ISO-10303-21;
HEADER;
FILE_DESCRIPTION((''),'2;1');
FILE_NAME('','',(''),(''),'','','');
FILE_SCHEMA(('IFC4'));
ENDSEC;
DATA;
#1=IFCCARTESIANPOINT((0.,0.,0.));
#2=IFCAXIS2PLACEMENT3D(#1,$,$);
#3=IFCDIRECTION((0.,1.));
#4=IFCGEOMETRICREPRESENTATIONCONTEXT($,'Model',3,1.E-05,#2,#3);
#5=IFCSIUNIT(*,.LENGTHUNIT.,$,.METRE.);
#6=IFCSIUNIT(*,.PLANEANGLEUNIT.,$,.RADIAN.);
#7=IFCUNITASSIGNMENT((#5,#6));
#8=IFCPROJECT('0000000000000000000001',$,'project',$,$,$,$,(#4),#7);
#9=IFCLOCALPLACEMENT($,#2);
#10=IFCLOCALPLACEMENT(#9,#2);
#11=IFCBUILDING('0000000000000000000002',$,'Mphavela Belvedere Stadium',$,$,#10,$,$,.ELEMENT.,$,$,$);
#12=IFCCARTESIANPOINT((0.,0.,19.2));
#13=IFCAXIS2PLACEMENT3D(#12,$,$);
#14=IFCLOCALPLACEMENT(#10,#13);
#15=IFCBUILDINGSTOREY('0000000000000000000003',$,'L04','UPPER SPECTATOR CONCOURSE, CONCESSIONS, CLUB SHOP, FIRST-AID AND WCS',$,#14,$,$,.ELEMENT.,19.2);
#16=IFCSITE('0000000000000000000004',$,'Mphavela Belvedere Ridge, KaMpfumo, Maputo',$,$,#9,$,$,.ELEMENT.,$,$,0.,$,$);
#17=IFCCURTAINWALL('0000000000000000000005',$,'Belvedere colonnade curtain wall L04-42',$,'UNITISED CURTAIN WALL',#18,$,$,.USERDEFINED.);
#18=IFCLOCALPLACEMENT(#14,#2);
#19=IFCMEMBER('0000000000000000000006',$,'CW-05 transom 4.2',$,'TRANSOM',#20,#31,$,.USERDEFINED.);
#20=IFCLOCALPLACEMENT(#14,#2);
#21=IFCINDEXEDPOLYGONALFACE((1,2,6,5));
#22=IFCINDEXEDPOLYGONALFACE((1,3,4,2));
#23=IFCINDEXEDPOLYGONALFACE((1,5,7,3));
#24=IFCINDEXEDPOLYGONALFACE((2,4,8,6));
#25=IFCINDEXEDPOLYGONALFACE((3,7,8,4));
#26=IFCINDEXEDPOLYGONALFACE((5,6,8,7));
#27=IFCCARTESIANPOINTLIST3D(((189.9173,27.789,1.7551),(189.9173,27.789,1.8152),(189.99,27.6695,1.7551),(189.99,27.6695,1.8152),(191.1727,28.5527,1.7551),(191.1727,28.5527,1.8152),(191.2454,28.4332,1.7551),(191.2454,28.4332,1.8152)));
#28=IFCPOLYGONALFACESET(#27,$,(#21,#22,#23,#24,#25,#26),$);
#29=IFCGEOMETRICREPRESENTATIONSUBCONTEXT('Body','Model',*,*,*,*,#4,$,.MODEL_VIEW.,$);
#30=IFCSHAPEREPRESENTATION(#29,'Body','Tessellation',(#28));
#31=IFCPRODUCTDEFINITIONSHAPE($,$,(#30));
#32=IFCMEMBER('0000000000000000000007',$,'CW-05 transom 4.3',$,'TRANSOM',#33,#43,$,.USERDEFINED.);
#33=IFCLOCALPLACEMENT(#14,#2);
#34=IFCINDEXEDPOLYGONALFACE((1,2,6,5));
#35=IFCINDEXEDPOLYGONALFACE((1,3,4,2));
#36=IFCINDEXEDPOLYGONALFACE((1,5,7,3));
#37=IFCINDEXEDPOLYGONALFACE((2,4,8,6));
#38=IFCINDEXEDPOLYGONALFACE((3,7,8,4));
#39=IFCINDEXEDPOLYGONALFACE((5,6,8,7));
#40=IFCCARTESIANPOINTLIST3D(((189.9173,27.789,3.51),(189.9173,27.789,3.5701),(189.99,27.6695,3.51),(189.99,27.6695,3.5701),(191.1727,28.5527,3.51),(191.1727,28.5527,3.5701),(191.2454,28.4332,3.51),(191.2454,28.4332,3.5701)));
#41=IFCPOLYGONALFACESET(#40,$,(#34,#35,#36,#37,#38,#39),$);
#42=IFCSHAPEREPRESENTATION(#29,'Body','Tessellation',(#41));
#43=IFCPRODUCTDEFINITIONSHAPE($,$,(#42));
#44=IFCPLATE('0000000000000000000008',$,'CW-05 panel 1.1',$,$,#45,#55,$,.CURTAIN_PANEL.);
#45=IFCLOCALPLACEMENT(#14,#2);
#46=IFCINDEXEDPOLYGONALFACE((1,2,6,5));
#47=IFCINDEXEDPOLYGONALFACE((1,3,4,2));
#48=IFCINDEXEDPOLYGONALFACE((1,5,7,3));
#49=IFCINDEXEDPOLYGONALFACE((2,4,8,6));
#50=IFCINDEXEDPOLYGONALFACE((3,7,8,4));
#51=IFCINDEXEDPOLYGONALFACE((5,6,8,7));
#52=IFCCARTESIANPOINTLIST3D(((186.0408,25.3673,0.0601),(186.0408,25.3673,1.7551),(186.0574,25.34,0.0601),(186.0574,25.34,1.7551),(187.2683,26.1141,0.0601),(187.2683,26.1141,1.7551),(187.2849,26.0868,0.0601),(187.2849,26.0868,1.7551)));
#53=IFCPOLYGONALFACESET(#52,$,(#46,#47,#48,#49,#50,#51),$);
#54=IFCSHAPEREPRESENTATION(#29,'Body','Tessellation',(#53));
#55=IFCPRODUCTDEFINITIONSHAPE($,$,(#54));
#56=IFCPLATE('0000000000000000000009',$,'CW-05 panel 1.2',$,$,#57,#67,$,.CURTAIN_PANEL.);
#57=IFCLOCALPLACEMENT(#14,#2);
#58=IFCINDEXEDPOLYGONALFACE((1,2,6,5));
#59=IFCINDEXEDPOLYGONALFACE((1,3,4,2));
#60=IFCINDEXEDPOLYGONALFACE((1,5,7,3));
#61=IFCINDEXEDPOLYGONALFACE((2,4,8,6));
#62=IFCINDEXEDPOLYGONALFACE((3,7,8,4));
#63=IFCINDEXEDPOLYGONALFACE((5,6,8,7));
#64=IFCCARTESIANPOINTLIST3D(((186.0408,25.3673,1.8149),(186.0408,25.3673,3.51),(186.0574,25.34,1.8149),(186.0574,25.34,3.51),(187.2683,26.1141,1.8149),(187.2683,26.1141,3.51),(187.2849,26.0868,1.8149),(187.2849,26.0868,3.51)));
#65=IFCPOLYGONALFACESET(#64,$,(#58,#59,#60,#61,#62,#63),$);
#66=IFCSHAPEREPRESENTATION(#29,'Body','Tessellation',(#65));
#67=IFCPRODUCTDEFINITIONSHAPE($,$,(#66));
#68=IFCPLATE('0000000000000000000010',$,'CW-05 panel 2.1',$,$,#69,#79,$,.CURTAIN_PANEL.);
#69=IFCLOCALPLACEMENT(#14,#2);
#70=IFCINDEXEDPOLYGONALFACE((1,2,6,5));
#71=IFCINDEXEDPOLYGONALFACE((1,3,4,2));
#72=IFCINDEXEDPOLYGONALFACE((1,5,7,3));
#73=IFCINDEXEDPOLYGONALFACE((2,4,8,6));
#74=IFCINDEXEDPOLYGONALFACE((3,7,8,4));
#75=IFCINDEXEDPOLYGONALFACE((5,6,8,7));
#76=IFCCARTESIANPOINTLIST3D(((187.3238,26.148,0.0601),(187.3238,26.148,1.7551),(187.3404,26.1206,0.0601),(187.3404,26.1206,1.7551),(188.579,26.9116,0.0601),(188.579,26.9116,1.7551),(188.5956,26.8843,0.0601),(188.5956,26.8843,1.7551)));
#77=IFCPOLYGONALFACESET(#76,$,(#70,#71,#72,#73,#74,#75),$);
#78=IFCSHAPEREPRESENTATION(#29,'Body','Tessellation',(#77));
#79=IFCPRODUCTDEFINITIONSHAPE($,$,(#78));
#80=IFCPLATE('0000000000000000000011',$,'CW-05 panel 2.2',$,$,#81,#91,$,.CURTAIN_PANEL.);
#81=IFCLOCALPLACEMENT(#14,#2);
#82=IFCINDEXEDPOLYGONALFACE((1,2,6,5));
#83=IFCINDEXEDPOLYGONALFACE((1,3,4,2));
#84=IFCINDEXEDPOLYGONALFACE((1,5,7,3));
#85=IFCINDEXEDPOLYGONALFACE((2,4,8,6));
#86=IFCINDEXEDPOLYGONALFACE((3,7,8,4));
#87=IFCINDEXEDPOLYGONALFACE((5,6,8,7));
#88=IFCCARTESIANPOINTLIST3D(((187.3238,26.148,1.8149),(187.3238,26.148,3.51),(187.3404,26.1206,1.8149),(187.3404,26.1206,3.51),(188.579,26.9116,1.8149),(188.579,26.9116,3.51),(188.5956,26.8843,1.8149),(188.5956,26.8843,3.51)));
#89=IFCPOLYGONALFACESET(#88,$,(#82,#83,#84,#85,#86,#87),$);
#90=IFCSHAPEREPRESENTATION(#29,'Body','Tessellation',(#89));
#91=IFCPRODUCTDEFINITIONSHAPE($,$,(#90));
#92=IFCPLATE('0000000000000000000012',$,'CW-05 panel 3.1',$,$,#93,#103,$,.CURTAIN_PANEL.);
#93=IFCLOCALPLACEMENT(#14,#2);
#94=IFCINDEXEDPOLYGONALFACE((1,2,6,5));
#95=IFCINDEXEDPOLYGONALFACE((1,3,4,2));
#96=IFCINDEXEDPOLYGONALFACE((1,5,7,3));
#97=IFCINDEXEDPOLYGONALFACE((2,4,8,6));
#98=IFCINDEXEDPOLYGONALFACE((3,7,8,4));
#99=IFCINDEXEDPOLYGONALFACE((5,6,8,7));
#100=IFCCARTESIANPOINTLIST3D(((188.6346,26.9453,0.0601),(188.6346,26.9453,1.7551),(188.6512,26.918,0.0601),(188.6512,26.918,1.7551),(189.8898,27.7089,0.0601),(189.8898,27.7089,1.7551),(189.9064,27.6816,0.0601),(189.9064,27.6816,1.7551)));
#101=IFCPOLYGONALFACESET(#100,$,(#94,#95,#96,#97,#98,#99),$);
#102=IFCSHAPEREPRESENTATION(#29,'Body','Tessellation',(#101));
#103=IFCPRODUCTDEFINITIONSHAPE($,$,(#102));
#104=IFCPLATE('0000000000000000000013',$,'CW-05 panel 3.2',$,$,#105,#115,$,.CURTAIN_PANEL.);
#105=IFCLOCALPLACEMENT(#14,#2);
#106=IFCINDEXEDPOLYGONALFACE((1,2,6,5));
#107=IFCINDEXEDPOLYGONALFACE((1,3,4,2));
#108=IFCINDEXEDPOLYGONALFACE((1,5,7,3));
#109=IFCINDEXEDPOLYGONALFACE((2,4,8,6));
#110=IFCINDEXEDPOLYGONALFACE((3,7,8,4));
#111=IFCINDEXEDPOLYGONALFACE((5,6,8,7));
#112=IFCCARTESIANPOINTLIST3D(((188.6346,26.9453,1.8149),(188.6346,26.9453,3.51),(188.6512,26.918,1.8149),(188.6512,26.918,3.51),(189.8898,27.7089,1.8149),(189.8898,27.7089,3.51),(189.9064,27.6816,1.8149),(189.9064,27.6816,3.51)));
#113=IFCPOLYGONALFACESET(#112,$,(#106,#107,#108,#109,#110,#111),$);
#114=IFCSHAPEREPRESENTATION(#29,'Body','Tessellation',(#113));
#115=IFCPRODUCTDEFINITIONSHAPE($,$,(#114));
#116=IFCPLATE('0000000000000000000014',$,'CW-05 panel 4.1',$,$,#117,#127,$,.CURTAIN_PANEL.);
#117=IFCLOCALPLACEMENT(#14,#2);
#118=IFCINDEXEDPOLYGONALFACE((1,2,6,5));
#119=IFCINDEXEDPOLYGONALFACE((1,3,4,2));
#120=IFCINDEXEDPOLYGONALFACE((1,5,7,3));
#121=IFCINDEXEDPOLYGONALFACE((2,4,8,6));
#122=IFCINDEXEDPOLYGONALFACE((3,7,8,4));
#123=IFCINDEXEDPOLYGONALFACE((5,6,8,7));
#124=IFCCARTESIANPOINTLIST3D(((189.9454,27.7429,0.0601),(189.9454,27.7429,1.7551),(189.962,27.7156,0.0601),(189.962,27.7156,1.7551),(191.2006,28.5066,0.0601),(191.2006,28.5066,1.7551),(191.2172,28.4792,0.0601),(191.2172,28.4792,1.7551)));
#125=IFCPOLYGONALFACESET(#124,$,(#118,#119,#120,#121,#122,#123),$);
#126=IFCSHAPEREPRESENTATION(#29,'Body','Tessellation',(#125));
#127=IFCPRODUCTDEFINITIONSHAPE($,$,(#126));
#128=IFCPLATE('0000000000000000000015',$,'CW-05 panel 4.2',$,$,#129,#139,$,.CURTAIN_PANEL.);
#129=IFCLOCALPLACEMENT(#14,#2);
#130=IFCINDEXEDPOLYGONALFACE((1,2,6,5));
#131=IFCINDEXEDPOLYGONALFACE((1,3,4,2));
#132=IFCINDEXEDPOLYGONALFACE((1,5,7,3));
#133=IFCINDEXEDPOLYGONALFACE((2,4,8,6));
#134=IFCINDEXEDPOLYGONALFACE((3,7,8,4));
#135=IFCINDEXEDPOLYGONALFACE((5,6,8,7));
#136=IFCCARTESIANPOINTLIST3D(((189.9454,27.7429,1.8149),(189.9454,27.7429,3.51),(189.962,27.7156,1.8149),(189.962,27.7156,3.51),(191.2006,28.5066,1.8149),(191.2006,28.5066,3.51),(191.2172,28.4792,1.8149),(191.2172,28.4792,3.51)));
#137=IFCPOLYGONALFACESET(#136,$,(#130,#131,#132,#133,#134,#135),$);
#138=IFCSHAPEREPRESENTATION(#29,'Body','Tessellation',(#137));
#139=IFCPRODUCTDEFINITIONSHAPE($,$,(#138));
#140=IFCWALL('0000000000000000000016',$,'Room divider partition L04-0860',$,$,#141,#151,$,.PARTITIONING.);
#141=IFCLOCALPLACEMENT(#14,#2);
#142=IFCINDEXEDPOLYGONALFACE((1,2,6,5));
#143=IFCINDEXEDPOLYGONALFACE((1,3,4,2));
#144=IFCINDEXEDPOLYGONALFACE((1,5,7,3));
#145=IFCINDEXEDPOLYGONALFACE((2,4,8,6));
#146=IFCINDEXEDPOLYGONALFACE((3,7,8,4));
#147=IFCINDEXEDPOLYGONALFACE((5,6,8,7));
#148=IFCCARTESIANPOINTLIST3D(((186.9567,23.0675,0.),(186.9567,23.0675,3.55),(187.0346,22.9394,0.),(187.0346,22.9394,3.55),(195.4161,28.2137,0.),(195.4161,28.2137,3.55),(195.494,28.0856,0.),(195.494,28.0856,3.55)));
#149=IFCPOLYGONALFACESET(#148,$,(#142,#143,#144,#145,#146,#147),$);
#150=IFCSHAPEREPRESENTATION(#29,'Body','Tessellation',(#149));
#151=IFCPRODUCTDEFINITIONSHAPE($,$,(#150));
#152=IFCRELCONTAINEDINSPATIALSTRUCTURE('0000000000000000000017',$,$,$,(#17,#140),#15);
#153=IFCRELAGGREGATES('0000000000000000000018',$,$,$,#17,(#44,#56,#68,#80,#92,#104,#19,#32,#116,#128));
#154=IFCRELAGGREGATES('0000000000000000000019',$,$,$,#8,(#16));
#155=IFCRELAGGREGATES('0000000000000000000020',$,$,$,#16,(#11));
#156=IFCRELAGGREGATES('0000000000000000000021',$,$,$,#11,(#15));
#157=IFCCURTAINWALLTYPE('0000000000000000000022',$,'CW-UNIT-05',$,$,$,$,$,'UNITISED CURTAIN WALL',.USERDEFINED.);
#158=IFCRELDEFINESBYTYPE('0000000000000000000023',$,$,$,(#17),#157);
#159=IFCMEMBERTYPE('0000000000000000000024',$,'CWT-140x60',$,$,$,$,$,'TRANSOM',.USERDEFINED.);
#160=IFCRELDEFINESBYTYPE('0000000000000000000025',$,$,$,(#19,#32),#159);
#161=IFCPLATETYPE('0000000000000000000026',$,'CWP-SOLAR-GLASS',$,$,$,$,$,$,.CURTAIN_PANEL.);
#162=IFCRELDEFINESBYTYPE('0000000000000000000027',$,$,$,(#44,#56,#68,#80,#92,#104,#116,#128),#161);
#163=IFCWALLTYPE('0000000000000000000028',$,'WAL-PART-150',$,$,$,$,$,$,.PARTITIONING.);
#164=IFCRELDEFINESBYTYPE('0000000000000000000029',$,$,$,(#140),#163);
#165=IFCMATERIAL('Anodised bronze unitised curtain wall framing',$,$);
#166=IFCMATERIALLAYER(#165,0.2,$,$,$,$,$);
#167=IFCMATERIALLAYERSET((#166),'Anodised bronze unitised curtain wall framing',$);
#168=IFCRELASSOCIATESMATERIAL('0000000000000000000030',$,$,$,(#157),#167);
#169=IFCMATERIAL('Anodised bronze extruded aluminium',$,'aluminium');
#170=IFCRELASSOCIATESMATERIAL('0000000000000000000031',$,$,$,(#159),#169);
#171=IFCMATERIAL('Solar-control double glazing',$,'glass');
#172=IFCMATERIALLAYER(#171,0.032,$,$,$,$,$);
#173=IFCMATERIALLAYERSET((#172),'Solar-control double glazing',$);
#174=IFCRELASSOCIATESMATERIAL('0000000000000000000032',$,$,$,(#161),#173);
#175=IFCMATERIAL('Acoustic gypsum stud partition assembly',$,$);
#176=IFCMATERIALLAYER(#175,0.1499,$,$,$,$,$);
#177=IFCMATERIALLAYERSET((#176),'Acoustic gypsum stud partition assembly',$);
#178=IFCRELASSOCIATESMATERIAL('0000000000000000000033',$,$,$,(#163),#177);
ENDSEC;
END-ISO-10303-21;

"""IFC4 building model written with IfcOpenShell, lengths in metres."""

from ifc_helpers import new_model, si_unit, direction, frame, frame_2d, origin, origin_2d, place, context, subcontext, project, spatial, rectangle, extrude, material, layer, layer_set, material_profile, profile_set, type_object, element, aggregate, save


model = new_model("IFC4")

# Units and contexts
model_context = context("Model", 3, precision=1e-05, world=origin(), true_north=direction((0.0, 1.0)))
body_context = subcontext(model_context, "Body", "Model", "MODEL_VIEW")
ifc_project = project(units=[si_unit("LENGTHUNIT", "METRE"), si_unit("PLANEANGLEUNIT", "RADIAN")], contexts=[model_context])

# Site, building, storey
site_placement = place(None, origin())
site = spatial("IfcSite", under=ifc_project, at=site_placement, Name="Mphavela Belvedere Ridge, KaMpfumo, Maputo", CompositionType="ELEMENT", RefElevation=0.0)
building_placement = place(site_placement, origin())
building = spatial("IfcBuilding", under=site, at=building_placement, Name="Mphavela Belvedere Stadium", CompositionType="ELEMENT")
storey_placement = place(building_placement, frame((0.0, 0.0, 19.2)))
storey = spatial("IfcBuildingStorey", under=building, at=storey_placement, Name="L04", Description="UPPER SPECTATOR CONCOURSE, CONCESSIONS, CLUB SHOP, FIRST-AID AND WCS", CompositionType="ELEMENT", Elevation=19.2)

# Curtain wall, members, plates
ifc_material_1 = material(Name="Anodised bronze unitised curtain wall framing")
ifc_layer_1 = layer(ifc_material_1, 0.2)
ifc_layer_set_1 = layer_set([ifc_layer_1], Name="Anodised bronze unitised curtain wall framing")
curtain_wall_type = type_object("IfcCurtainWallType", Name="CW-UNIT-05", ElementType="UNITISED CURTAIN WALL", PredefinedType="USERDEFINED", material=ifc_layer_set_1)
curtain_wall_placement = place(storey_placement, origin())
curtain_wall = element("IfcCurtainWall", 1, at=curtain_wall_placement, inside=storey, type_object=curtain_wall_type, Name="Belvedere colonnade curtain wall L04-42", ObjectType="UNITISED CURTAIN WALL", PredefinedType="USERDEFINED")
ifc_material_2 = material(Name="Anodised bronze extruded aluminium", Category="aluminium")
ifc_material_profile_1 = material_profile(ifc_material_2, rectangle(XDim=0.1399, YDim=0.0601, at=origin_2d()), Name="CW-TRN 140x60")
ifc_profile_set_1 = profile_set([ifc_material_profile_1], Name="Anodised bronze extruded aluminium")
member_type_1 = type_object("IfcMemberType", Name="CWT-140x60", ElementType="TRANSOM", PredefinedType="USERDEFINED", material=ifc_profile_set_1)
member_1_placement = place(storey_placement, frame((189.9536, 27.7292, 1.7852), z_axis=(0.85434, 0.519715, 0.0), x_axis=(-0.519715, 0.85434, 0.0)))
member_1 = element("IfcMember", 2, at=member_1_placement, type_object=member_type_1, Name="CW-05 transom 4.2", ObjectType="TRANSOM", PredefinedType="USERDEFINED", context=body_context, shape_type="SweptSolid", body=[
    extrude(rectangle(XDim=0.1399, YDim=0.0601, at=origin_2d()), origin(), (0.0, 0.0, 1.0), 1.4695),
])
member_2_placement = place(storey_placement, frame((189.9536, 27.7292, 3.54), z_axis=(0.85434, 0.519715, 0.0), x_axis=(-0.519715, 0.85434, 0.0)))
member_2 = element("IfcMember", 3, at=member_2_placement, type_object=member_type_1, Name="CW-05 transom 4.3", ObjectType="TRANSOM", PredefinedType="USERDEFINED", context=body_context, shape_type="SweptSolid", body=[
    extrude(rectangle(XDim=0.1399, YDim=0.0601, at=origin_2d()), origin(), (0.0, 0.0, 1.0), 1.4695),
])
ifc_material_3 = material(Name="Solar-control double glazing", Category="glass")
ifc_layer_2 = layer(ifc_material_3, 0.032)
ifc_layer_set_2 = layer_set([ifc_layer_2], Name="Solar-control double glazing")
plate_type = type_object("IfcPlateType", Name="CWP-SOLAR-GLASS", PredefinedType="CURTAIN_PANEL", material=ifc_layer_set_2)
plate_1_placement = place(storey_placement, frame((186.6628, 25.7271, 0.0601), z_axis=(0.0, 0.0, 1.0), x_axis=(0.854327, 0.519735, 0.0)))
plate_1 = element("IfcPlate", 4, at=plate_1_placement, type_object=plate_type, Name="CW-05 panel 1.1", PredefinedType="CURTAIN_PANEL", context=body_context, shape_type="SweptSolid", body=[
    extrude(rectangle(XDim=1.4368, YDim=0.032, at=origin_2d()), origin(), (0.0, 0.0, 1.0), 1.6951),
])
plate_2_placement = place(storey_placement, frame((186.6628, 25.7271, 1.8149), z_axis=(0.0, 0.0, 1.0), x_axis=(0.854327, 0.519735, 0.0)))
plate_2 = element("IfcPlate", 5, at=plate_2_placement, type_object=plate_type, Name="CW-05 panel 1.2", PredefinedType="CURTAIN_PANEL", context=body_context, shape_type="SweptSolid", body=[
    extrude(rectangle(XDim=1.4368, YDim=0.032, at=origin_2d()), origin(), (0.0, 0.0, 1.0), 1.6951),
])
plate_3_placement = place(storey_placement, frame((187.9597, 26.5161, 0.0601), z_axis=(0.0, 0.0, 1.0), x_axis=(0.854327, 0.519735, 0.0)))
plate_3 = element("IfcPlate", 6, at=plate_3_placement, type_object=plate_type, Name="CW-05 panel 2.1", PredefinedType="CURTAIN_PANEL", context=body_context, shape_type="SweptSolid", body=[
    extrude(rectangle(XDim=1.4692, YDim=0.032, at=origin_2d()), origin(), (0.0, 0.0, 1.0), 1.6951),
])
plate_4_placement = place(storey_placement, frame((187.9597, 26.5161, 1.8149), z_axis=(0.0, 0.0, 1.0), x_axis=(0.854327, 0.519735, 0.0)))
plate_4 = element("IfcPlate", 7, at=plate_4_placement, type_object=plate_type, Name="CW-05 panel 2.2", PredefinedType="CURTAIN_PANEL", context=body_context, shape_type="SweptSolid", body=[
    extrude(rectangle(XDim=1.4692, YDim=0.032, at=origin_2d()), origin(), (0.0, 0.0, 1.0), 1.6951),
])
plate_5_placement = place(storey_placement, frame((189.2705, 27.3135, 0.0601), z_axis=(0.0, 0.0, 1.0), x_axis=(0.854327, 0.519735, 0.0)))
plate_5 = element("IfcPlate", 8, at=plate_5_placement, type_object=plate_type, Name="CW-05 panel 3.1", PredefinedType="CURTAIN_PANEL", context=body_context, shape_type="SweptSolid", body=[
    extrude(rectangle(XDim=1.4692, YDim=0.032, at=origin_2d()), origin(), (0.0, 0.0, 1.0), 1.6951),
])
plate_6_placement = place(storey_placement, frame((189.2705, 27.3135, 1.8149), z_axis=(0.0, 0.0, 1.0), x_axis=(0.854327, 0.519735, 0.0)))
plate_6 = element("IfcPlate", 9, at=plate_6_placement, type_object=plate_type, Name="CW-05 panel 3.2", PredefinedType="CURTAIN_PANEL", context=body_context, shape_type="SweptSolid", body=[
    extrude(rectangle(XDim=1.4692, YDim=0.032, at=origin_2d()), origin(), (0.0, 0.0, 1.0), 1.6951),
])
plate_7_placement = place(storey_placement, frame((190.5813, 28.1111, 0.0601), z_axis=(0.0, 0.0, 1.0), x_axis=(0.854327, 0.519735, 0.0)))
plate_7 = element("IfcPlate", 10, at=plate_7_placement, type_object=plate_type, Name="CW-05 panel 4.1", PredefinedType="CURTAIN_PANEL", context=body_context, shape_type="SweptSolid", body=[
    extrude(rectangle(XDim=1.4692, YDim=0.032, at=origin_2d()), origin(), (0.0, 0.0, 1.0), 1.6951),
])
plate_8_placement = place(storey_placement, frame((190.5813, 28.1111, 1.8149), z_axis=(0.0, 0.0, 1.0), x_axis=(0.854327, 0.519735, 0.0)))
plate_8 = element("IfcPlate", 11, at=plate_8_placement, type_object=plate_type, Name="CW-05 panel 4.2", PredefinedType="CURTAIN_PANEL", context=body_context, shape_type="SweptSolid", body=[
    extrude(rectangle(XDim=1.4692, YDim=0.032, at=origin_2d()), origin(), (0.0, 0.0, 1.0), 1.6951),
])
aggregate(curtain_wall, [plate_1, plate_2, plate_3, plate_4, plate_5, plate_6, member_1, member_2, plate_7, plate_8])

# Wall
ifc_material_4 = material(Name="Acoustic gypsum stud partition assembly")
ifc_layer_3 = layer(ifc_material_4, 0.1499)
ifc_layer_set_3 = layer_set([ifc_layer_3], Name="Acoustic gypsum stud partition assembly")
wall_type = type_object("IfcWallType", Name="WAL-PART-150", PredefinedType="PARTITIONING", material=ifc_layer_set_3)
wall_placement = place(storey_placement, frame((186.9956, 23.0034, 0.0), z_axis=(0.0, 0.0, 1.0), x_axis=(0.854333, 0.519726, 0.0)))
element("IfcWall", 12, at=wall_placement, inside=storey, type_object=wall_type, Name="Room divider partition L04-0860", PredefinedType="PARTITIONING", context=body_context, shape_type="SweptSolid", body=[
    extrude(rectangle(XDim=9.9019, YDim=0.1499, at=frame_2d((4.9509, 0.0))), origin(), (0.0, 0.0, 1.0), 3.55),
])

save(model, "model.ifc")
